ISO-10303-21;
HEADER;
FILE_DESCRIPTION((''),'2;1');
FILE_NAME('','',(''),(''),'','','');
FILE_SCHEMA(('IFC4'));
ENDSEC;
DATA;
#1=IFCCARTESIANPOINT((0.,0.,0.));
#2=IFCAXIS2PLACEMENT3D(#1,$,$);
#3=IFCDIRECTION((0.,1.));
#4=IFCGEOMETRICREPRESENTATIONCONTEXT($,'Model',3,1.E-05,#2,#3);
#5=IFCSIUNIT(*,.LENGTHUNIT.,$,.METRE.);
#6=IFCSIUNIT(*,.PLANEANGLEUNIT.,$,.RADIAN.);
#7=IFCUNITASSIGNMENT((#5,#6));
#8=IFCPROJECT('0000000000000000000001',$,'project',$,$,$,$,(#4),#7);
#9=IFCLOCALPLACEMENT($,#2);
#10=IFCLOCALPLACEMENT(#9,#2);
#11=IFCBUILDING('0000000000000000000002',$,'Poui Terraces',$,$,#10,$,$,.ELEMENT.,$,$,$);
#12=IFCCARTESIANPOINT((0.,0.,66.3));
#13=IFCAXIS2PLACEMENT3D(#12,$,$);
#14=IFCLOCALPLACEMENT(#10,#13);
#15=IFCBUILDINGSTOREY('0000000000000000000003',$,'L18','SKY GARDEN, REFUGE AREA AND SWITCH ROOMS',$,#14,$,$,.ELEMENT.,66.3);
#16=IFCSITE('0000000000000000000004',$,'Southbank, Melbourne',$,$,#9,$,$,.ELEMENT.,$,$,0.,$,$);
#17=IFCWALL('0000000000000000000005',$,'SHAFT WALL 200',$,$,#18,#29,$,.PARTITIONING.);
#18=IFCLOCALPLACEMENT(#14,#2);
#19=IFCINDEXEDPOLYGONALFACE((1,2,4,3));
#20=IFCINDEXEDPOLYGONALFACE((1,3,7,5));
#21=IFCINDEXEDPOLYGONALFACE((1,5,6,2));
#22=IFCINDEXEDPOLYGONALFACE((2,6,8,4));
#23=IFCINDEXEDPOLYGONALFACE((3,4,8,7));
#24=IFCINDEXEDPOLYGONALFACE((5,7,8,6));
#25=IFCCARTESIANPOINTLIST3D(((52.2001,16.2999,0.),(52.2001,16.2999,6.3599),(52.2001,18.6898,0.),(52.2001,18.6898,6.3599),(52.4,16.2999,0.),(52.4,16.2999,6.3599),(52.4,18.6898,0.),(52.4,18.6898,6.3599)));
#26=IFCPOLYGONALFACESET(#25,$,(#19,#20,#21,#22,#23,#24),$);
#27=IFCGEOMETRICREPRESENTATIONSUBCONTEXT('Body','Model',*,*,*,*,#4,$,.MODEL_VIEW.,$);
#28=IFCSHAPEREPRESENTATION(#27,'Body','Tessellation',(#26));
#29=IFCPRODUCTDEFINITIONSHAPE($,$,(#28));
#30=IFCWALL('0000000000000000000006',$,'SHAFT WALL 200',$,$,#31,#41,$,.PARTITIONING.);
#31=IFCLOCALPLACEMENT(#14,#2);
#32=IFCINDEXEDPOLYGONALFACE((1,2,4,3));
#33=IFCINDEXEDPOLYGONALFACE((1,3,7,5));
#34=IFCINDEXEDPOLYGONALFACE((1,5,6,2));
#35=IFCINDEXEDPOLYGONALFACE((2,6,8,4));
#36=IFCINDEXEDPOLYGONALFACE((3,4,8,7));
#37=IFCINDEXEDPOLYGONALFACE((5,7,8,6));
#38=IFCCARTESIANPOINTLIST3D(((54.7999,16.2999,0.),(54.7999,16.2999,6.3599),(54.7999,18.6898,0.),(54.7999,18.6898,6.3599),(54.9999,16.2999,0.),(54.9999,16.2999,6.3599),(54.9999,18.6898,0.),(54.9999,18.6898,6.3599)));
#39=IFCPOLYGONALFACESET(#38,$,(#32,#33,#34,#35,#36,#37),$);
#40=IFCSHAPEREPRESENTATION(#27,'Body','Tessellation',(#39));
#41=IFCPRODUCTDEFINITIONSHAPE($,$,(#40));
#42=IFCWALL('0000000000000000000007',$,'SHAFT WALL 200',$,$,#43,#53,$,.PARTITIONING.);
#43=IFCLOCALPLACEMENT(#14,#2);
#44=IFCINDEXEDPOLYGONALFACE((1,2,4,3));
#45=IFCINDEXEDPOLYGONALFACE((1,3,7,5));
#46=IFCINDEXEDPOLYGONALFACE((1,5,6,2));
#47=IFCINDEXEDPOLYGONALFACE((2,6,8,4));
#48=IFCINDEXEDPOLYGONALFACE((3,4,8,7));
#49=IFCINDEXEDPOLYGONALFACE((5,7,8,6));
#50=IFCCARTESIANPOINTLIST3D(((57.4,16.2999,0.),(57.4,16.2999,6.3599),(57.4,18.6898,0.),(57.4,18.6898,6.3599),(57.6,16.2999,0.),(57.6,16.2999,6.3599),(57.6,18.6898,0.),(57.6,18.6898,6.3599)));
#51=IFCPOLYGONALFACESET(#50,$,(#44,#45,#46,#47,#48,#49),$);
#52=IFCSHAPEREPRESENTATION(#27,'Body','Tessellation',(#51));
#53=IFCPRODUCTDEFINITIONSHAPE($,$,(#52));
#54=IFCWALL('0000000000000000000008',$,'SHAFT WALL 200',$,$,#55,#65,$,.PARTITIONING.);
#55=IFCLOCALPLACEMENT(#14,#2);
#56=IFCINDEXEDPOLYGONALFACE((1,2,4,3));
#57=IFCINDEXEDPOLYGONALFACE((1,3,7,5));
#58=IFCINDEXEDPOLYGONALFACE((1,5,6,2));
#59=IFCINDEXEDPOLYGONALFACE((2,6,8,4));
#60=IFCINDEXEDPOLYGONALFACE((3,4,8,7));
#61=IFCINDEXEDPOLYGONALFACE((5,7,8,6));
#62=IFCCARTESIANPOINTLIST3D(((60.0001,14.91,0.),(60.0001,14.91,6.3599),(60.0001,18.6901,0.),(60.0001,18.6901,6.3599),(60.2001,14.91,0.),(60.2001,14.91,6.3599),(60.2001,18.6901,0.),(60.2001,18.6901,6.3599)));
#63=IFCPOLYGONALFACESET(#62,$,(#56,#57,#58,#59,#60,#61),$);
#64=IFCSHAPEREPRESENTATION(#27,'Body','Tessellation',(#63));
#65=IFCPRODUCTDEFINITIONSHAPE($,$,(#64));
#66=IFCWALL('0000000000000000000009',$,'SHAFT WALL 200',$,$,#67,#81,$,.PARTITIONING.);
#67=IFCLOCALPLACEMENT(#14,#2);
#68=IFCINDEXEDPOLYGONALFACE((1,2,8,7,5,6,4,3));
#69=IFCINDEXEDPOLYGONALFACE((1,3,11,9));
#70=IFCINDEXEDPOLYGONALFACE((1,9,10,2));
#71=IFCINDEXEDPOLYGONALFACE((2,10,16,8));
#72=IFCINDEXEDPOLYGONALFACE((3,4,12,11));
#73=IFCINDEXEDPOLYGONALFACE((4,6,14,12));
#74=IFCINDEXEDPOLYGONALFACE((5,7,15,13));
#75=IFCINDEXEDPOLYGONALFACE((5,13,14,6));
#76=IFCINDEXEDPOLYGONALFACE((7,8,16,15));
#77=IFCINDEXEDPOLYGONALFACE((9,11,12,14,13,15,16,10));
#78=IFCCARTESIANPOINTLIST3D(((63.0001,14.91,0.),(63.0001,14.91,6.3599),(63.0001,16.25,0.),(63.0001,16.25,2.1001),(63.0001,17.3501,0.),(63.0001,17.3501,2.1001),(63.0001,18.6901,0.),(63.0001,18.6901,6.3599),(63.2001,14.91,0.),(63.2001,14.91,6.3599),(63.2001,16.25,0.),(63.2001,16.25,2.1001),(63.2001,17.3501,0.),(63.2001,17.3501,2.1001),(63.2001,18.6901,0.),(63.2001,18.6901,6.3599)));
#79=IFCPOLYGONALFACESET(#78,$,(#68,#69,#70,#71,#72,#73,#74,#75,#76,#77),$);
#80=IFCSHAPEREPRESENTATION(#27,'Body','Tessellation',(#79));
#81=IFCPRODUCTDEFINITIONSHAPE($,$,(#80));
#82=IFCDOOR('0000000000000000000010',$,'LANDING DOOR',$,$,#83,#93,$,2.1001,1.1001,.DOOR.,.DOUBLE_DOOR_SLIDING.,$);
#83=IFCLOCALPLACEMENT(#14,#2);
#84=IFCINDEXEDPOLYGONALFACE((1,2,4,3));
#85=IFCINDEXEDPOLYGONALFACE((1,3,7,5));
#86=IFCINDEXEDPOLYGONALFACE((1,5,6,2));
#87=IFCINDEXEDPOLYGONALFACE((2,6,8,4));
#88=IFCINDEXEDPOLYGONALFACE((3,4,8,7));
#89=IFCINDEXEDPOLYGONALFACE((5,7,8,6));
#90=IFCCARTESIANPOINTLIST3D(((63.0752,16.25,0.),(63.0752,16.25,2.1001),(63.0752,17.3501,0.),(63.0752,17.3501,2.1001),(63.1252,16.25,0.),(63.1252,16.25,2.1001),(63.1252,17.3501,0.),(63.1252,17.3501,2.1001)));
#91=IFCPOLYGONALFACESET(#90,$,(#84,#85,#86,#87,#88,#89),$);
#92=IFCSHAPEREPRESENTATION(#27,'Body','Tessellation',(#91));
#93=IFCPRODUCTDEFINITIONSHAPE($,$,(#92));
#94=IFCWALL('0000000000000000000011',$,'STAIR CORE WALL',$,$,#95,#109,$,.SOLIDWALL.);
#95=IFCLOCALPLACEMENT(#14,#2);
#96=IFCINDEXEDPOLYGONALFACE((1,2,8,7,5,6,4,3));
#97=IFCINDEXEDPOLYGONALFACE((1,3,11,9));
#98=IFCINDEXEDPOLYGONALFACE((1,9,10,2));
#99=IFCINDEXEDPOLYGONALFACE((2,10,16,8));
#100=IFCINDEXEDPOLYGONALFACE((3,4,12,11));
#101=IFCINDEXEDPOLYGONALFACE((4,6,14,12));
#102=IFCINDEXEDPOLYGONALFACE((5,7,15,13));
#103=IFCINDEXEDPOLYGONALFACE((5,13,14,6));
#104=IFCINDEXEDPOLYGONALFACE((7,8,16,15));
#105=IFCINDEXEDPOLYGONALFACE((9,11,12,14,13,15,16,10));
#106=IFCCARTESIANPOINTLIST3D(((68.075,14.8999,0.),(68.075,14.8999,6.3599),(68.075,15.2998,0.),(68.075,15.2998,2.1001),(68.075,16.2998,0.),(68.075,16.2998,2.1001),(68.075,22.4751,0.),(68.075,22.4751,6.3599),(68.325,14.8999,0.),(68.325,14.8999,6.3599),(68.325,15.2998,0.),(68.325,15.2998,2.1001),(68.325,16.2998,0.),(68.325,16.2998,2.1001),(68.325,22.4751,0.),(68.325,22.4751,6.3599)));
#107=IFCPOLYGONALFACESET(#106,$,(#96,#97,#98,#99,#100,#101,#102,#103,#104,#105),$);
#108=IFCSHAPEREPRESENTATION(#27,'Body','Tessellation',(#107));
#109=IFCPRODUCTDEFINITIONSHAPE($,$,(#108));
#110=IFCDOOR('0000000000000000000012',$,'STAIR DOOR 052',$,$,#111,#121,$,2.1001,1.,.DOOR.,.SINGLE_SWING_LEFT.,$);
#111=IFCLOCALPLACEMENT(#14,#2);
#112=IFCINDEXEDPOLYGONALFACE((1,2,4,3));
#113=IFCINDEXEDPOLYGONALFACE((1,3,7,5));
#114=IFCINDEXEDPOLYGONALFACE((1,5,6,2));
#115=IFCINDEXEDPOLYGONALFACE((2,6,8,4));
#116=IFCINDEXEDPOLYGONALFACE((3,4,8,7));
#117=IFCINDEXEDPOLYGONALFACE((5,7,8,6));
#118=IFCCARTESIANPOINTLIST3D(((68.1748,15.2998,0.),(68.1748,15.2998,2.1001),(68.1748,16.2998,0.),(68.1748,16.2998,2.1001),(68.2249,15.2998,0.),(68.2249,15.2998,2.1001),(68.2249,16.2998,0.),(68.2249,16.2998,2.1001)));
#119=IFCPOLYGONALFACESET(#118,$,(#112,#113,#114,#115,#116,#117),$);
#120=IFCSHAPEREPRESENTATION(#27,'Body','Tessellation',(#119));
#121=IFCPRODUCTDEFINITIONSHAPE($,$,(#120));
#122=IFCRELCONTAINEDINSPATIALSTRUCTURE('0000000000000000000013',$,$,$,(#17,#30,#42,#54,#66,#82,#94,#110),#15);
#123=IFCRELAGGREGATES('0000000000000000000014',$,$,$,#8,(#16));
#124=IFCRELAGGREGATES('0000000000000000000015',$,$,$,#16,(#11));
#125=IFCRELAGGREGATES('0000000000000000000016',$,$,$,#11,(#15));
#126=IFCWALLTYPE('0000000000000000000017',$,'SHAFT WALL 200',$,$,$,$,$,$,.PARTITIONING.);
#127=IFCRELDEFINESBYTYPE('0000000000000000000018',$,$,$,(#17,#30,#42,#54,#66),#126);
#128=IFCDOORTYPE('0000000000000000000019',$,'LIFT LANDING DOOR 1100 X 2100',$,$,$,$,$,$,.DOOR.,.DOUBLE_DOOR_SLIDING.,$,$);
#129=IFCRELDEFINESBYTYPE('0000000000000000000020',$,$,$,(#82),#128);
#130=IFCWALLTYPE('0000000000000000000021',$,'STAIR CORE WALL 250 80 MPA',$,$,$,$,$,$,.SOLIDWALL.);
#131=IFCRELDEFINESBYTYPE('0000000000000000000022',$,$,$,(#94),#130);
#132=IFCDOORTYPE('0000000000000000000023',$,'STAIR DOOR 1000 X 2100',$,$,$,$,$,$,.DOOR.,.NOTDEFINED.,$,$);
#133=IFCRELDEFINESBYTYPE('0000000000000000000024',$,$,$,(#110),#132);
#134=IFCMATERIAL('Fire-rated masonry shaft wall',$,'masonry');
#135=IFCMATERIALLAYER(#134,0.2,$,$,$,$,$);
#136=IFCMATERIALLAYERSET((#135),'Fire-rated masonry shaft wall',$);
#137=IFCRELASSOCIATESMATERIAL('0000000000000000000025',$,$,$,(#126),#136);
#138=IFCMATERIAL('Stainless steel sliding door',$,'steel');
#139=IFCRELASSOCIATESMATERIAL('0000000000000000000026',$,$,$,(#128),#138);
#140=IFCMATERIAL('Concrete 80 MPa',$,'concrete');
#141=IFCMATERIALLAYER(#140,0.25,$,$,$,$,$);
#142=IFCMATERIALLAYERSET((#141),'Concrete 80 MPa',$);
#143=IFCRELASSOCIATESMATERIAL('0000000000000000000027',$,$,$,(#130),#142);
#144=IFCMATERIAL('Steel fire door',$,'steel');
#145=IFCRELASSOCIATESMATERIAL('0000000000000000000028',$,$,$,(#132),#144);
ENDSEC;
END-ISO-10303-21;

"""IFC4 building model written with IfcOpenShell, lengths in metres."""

from ifc_helpers import new_model, si_unit, direction, frame, frame_2d, origin, place, context, subcontext, project, spatial, rectangle, extrude, material, layer, layer_set, type_object, element, fill, save


model = new_model("IFC4")

# Units and contexts
model_context = context("Model", 3, precision=1e-05, world=origin(), true_north=direction((0.0, 1.0)))
body_context = subcontext(model_context, "Body", "Model", "MODEL_VIEW")
ifc_project = project(units=[si_unit("LENGTHUNIT", "METRE"), si_unit("PLANEANGLEUNIT", "RADIAN")], contexts=[model_context])

# Site, building, storey
site_placement = place(None, origin())
site = spatial("IfcSite", under=ifc_project, at=site_placement, Name="Southbank, Melbourne", CompositionType="ELEMENT", RefElevation=0.0)
building_placement = place(site_placement, origin())
building = spatial("IfcBuilding", under=site, at=building_placement, Name="Poui Terraces", CompositionType="ELEMENT")
storey_placement = place(building_placement, frame((0.0, 0.0, 66.3)))
storey = spatial("IfcBuildingStorey", under=building, at=storey_placement, Name="L18", Description="SKY GARDEN, REFUGE AREA AND SWITCH ROOMS", CompositionType="ELEMENT", Elevation=66.3)

# Shared definitions
ifc_material_1 = material(Name="Concrete 80 MPa", Category="concrete")
ifc_material_2 = material(Name="Steel fire door", Category="steel")

# Walls
ifc_material_3 = material(Name="Fire-rated masonry shaft wall", Category="masonry")
ifc_layer_1 = layer(ifc_material_3, 0.2)
ifc_layer_set_1 = layer_set([ifc_layer_1], Name="Fire-rated masonry shaft wall")
wall_type_1 = type_object("IfcWallType", Name="SHAFT WALL 200", PredefinedType="PARTITIONING", material=ifc_layer_set_1)
for number, where, z_axis, x_axis, name in (
    (1, (52.3, 16.3, 0.0), (0.0, 0.0, 1.0), (0.0, 1.0, 0.0), "SHAFT WALL 200"),
    (2, (54.8999, 16.3, 0.0), (0.0, 0.0, 1.0), (0.0, 1.0, 0.0), "SHAFT WALL 200"),
    (3, (57.5, 16.3, 0.0), (0.0, 0.0, 1.0), (0.0, 1.0, 0.0), "SHAFT WALL 200"),
):
    element("IfcWall", number, at=place(storey_placement, frame(where, z_axis=z_axis, x_axis=x_axis)), inside=storey, type_object=wall_type_1, Name=name, PredefinedType="PARTITIONING", context=body_context, shape_type="SweptSolid", body=[
        extrude(rectangle(XDim=2.3899, YDim=0.2, at=frame_2d((1.1948, 0.0))), origin(), (0.0, 0.0, 1.0), 6.3599),
    ])
wall_1_placement = place(storey_placement, frame((60.1001, 14.9099, 0.0), z_axis=(0.0, 0.0, 1.0), x_axis=(0.0, 1.0, 0.0)))
element("IfcWall", 4, at=wall_1_placement, inside=storey, type_object=wall_type_1, Name="SHAFT WALL 200", PredefinedType="PARTITIONING", context=body_context, shape_type="SweptSolid", body=[
    extrude(rectangle(XDim=3.78, YDim=0.2, at=frame_2d((1.8901, 0.0))), origin(), (0.0, 0.0, 1.0), 6.3599),
])

# Walls, openings, doors
wall_2_placement = place(storey_placement, frame((63.1001, 14.9099, 0.0), z_axis=(0.0, 0.0, 1.0), x_axis=(0.0, 1.0, 0.0)))
wall_2 = element("IfcWall", 5, at=wall_2_placement, inside=storey, type_object=wall_type_1, Name="SHAFT WALL 200", PredefinedType="PARTITIONING", context=body_context, shape_type="SweptSolid", body=[
    extrude(rectangle(XDim=3.78, YDim=0.2, at=frame_2d((1.8901, 0.0))), origin(), (0.0, 0.0, 1.0), 6.3599),
])
opening_1_placement = place(wall_2_placement, frame((1.3401, 0.0, 0.0)))
opening_1 = element("IfcOpeningElement", 6, at=opening_1_placement, cuts=wall_2, PredefinedType="OPENING", context=body_context, shape_type="SweptSolid", body=[
    extrude(rectangle(XDim=1.1001, YDim=2.1001, at=frame_2d((0.55, 1.05))), frame((0.0, 0.1099, 0.0), z_axis=(0.0, -1.0, 0.0), x_axis=(1.0, 0.0, 0.0)), (0.0, 0.0, 1.0), 0.22),
])
ifc_material_4 = material(Name="Stainless steel sliding door", Category="steel")
door_type_1 = type_object("IfcDoorType", Name="LIFT LANDING DOOR 1100 X 2100", OperationType="DOUBLE_DOOR_SLIDING", PredefinedType="DOOR", material=ifc_material_4)
door_1_placement = place(opening_1_placement, origin())
door_1 = element("IfcDoor", 7, at=door_1_placement, inside=storey, type_object=door_type_1, Name="LANDING DOOR", OperationType="DOUBLE_DOOR_SLIDING", OverallHeight=2.1001, OverallWidth=1.1001, PredefinedType="DOOR", context=body_context, shape_type="SweptSolid", body=[
    extrude(rectangle(XDim=1.1001, YDim=2.1001, at=frame_2d((0.55, 1.05))), frame((0.0, 0.0249, 0.0), z_axis=(0.0, -1.0, 0.0), x_axis=(1.0, 0.0, 0.0)), (0.0, 0.0, 1.0), 0.05),
])
fill(opening_1, door_1)
ifc_layer_2 = layer(ifc_material_1, 0.25)
ifc_layer_set_2 = layer_set([ifc_layer_2], Name="Concrete 80 MPa")
wall_type_2 = type_object("IfcWallType", Name="STAIR CORE WALL 250 80 MPA", PredefinedType="SOLIDWALL", material=ifc_layer_set_2)
wall_3_placement = place(storey_placement, frame((68.2, 14.8999, 0.0), z_axis=(0.0, 0.0, 1.0), x_axis=(0.0, 1.0, 0.0)))
wall_3 = element("IfcWall", 8, at=wall_3_placement, inside=storey, type_object=wall_type_2, Name="STAIR CORE WALL", PredefinedType="SOLIDWALL", context=body_context, shape_type="SweptSolid", body=[
    extrude(rectangle(XDim=7.5752, YDim=0.25, at=frame_2d((3.7876, 0.0))), origin(), (0.0, 0.0, 1.0), 6.3599),
])
opening_2_placement = place(wall_3_placement, frame((0.3999, 0.0, 0.0)))
opening_2 = element("IfcOpeningElement", 9, at=opening_2_placement, cuts=wall_3, PredefinedType="OPENING", context=body_context, shape_type="SweptSolid", body=[
    extrude(rectangle(XDim=1.0, YDim=2.1001, at=frame_2d((0.5, 1.05))), frame((0.0, 0.135, 0.0), z_axis=(0.0, -1.0, 0.0), x_axis=(1.0, 0.0, 0.0)), (0.0, 0.0, 1.0), 0.27),
])
door_type_2 = type_object("IfcDoorType", Name="STAIR DOOR 1000 X 2100", OperationType="NOTDEFINED", PredefinedType="DOOR", material=ifc_material_2)
door_2_placement = place(opening_2_placement, frame((1.0, 0.0, 0.0), z_axis=(0.0, 0.0, 1.0), x_axis=(-1.0, 0.0, 0.0)))
door_2 = element("IfcDoor", 10, at=door_2_placement, inside=storey, type_object=door_type_2, Name="STAIR DOOR 052", OperationType="SINGLE_SWING_LEFT", OverallHeight=2.1001, OverallWidth=1.0, PredefinedType="DOOR", context=body_context, shape_type="SweptSolid", body=[
    extrude(rectangle(XDim=1.0, YDim=2.1001, at=frame_2d((0.5, 1.05))), frame((0.0, 0.0249, 0.0), z_axis=(0.0, -1.0, 0.0), x_axis=(1.0, 0.0, 0.0)), (0.0, 0.0, 1.0), 0.05),
])
fill(opening_2, door_2)

save(model, "model.ifc")
